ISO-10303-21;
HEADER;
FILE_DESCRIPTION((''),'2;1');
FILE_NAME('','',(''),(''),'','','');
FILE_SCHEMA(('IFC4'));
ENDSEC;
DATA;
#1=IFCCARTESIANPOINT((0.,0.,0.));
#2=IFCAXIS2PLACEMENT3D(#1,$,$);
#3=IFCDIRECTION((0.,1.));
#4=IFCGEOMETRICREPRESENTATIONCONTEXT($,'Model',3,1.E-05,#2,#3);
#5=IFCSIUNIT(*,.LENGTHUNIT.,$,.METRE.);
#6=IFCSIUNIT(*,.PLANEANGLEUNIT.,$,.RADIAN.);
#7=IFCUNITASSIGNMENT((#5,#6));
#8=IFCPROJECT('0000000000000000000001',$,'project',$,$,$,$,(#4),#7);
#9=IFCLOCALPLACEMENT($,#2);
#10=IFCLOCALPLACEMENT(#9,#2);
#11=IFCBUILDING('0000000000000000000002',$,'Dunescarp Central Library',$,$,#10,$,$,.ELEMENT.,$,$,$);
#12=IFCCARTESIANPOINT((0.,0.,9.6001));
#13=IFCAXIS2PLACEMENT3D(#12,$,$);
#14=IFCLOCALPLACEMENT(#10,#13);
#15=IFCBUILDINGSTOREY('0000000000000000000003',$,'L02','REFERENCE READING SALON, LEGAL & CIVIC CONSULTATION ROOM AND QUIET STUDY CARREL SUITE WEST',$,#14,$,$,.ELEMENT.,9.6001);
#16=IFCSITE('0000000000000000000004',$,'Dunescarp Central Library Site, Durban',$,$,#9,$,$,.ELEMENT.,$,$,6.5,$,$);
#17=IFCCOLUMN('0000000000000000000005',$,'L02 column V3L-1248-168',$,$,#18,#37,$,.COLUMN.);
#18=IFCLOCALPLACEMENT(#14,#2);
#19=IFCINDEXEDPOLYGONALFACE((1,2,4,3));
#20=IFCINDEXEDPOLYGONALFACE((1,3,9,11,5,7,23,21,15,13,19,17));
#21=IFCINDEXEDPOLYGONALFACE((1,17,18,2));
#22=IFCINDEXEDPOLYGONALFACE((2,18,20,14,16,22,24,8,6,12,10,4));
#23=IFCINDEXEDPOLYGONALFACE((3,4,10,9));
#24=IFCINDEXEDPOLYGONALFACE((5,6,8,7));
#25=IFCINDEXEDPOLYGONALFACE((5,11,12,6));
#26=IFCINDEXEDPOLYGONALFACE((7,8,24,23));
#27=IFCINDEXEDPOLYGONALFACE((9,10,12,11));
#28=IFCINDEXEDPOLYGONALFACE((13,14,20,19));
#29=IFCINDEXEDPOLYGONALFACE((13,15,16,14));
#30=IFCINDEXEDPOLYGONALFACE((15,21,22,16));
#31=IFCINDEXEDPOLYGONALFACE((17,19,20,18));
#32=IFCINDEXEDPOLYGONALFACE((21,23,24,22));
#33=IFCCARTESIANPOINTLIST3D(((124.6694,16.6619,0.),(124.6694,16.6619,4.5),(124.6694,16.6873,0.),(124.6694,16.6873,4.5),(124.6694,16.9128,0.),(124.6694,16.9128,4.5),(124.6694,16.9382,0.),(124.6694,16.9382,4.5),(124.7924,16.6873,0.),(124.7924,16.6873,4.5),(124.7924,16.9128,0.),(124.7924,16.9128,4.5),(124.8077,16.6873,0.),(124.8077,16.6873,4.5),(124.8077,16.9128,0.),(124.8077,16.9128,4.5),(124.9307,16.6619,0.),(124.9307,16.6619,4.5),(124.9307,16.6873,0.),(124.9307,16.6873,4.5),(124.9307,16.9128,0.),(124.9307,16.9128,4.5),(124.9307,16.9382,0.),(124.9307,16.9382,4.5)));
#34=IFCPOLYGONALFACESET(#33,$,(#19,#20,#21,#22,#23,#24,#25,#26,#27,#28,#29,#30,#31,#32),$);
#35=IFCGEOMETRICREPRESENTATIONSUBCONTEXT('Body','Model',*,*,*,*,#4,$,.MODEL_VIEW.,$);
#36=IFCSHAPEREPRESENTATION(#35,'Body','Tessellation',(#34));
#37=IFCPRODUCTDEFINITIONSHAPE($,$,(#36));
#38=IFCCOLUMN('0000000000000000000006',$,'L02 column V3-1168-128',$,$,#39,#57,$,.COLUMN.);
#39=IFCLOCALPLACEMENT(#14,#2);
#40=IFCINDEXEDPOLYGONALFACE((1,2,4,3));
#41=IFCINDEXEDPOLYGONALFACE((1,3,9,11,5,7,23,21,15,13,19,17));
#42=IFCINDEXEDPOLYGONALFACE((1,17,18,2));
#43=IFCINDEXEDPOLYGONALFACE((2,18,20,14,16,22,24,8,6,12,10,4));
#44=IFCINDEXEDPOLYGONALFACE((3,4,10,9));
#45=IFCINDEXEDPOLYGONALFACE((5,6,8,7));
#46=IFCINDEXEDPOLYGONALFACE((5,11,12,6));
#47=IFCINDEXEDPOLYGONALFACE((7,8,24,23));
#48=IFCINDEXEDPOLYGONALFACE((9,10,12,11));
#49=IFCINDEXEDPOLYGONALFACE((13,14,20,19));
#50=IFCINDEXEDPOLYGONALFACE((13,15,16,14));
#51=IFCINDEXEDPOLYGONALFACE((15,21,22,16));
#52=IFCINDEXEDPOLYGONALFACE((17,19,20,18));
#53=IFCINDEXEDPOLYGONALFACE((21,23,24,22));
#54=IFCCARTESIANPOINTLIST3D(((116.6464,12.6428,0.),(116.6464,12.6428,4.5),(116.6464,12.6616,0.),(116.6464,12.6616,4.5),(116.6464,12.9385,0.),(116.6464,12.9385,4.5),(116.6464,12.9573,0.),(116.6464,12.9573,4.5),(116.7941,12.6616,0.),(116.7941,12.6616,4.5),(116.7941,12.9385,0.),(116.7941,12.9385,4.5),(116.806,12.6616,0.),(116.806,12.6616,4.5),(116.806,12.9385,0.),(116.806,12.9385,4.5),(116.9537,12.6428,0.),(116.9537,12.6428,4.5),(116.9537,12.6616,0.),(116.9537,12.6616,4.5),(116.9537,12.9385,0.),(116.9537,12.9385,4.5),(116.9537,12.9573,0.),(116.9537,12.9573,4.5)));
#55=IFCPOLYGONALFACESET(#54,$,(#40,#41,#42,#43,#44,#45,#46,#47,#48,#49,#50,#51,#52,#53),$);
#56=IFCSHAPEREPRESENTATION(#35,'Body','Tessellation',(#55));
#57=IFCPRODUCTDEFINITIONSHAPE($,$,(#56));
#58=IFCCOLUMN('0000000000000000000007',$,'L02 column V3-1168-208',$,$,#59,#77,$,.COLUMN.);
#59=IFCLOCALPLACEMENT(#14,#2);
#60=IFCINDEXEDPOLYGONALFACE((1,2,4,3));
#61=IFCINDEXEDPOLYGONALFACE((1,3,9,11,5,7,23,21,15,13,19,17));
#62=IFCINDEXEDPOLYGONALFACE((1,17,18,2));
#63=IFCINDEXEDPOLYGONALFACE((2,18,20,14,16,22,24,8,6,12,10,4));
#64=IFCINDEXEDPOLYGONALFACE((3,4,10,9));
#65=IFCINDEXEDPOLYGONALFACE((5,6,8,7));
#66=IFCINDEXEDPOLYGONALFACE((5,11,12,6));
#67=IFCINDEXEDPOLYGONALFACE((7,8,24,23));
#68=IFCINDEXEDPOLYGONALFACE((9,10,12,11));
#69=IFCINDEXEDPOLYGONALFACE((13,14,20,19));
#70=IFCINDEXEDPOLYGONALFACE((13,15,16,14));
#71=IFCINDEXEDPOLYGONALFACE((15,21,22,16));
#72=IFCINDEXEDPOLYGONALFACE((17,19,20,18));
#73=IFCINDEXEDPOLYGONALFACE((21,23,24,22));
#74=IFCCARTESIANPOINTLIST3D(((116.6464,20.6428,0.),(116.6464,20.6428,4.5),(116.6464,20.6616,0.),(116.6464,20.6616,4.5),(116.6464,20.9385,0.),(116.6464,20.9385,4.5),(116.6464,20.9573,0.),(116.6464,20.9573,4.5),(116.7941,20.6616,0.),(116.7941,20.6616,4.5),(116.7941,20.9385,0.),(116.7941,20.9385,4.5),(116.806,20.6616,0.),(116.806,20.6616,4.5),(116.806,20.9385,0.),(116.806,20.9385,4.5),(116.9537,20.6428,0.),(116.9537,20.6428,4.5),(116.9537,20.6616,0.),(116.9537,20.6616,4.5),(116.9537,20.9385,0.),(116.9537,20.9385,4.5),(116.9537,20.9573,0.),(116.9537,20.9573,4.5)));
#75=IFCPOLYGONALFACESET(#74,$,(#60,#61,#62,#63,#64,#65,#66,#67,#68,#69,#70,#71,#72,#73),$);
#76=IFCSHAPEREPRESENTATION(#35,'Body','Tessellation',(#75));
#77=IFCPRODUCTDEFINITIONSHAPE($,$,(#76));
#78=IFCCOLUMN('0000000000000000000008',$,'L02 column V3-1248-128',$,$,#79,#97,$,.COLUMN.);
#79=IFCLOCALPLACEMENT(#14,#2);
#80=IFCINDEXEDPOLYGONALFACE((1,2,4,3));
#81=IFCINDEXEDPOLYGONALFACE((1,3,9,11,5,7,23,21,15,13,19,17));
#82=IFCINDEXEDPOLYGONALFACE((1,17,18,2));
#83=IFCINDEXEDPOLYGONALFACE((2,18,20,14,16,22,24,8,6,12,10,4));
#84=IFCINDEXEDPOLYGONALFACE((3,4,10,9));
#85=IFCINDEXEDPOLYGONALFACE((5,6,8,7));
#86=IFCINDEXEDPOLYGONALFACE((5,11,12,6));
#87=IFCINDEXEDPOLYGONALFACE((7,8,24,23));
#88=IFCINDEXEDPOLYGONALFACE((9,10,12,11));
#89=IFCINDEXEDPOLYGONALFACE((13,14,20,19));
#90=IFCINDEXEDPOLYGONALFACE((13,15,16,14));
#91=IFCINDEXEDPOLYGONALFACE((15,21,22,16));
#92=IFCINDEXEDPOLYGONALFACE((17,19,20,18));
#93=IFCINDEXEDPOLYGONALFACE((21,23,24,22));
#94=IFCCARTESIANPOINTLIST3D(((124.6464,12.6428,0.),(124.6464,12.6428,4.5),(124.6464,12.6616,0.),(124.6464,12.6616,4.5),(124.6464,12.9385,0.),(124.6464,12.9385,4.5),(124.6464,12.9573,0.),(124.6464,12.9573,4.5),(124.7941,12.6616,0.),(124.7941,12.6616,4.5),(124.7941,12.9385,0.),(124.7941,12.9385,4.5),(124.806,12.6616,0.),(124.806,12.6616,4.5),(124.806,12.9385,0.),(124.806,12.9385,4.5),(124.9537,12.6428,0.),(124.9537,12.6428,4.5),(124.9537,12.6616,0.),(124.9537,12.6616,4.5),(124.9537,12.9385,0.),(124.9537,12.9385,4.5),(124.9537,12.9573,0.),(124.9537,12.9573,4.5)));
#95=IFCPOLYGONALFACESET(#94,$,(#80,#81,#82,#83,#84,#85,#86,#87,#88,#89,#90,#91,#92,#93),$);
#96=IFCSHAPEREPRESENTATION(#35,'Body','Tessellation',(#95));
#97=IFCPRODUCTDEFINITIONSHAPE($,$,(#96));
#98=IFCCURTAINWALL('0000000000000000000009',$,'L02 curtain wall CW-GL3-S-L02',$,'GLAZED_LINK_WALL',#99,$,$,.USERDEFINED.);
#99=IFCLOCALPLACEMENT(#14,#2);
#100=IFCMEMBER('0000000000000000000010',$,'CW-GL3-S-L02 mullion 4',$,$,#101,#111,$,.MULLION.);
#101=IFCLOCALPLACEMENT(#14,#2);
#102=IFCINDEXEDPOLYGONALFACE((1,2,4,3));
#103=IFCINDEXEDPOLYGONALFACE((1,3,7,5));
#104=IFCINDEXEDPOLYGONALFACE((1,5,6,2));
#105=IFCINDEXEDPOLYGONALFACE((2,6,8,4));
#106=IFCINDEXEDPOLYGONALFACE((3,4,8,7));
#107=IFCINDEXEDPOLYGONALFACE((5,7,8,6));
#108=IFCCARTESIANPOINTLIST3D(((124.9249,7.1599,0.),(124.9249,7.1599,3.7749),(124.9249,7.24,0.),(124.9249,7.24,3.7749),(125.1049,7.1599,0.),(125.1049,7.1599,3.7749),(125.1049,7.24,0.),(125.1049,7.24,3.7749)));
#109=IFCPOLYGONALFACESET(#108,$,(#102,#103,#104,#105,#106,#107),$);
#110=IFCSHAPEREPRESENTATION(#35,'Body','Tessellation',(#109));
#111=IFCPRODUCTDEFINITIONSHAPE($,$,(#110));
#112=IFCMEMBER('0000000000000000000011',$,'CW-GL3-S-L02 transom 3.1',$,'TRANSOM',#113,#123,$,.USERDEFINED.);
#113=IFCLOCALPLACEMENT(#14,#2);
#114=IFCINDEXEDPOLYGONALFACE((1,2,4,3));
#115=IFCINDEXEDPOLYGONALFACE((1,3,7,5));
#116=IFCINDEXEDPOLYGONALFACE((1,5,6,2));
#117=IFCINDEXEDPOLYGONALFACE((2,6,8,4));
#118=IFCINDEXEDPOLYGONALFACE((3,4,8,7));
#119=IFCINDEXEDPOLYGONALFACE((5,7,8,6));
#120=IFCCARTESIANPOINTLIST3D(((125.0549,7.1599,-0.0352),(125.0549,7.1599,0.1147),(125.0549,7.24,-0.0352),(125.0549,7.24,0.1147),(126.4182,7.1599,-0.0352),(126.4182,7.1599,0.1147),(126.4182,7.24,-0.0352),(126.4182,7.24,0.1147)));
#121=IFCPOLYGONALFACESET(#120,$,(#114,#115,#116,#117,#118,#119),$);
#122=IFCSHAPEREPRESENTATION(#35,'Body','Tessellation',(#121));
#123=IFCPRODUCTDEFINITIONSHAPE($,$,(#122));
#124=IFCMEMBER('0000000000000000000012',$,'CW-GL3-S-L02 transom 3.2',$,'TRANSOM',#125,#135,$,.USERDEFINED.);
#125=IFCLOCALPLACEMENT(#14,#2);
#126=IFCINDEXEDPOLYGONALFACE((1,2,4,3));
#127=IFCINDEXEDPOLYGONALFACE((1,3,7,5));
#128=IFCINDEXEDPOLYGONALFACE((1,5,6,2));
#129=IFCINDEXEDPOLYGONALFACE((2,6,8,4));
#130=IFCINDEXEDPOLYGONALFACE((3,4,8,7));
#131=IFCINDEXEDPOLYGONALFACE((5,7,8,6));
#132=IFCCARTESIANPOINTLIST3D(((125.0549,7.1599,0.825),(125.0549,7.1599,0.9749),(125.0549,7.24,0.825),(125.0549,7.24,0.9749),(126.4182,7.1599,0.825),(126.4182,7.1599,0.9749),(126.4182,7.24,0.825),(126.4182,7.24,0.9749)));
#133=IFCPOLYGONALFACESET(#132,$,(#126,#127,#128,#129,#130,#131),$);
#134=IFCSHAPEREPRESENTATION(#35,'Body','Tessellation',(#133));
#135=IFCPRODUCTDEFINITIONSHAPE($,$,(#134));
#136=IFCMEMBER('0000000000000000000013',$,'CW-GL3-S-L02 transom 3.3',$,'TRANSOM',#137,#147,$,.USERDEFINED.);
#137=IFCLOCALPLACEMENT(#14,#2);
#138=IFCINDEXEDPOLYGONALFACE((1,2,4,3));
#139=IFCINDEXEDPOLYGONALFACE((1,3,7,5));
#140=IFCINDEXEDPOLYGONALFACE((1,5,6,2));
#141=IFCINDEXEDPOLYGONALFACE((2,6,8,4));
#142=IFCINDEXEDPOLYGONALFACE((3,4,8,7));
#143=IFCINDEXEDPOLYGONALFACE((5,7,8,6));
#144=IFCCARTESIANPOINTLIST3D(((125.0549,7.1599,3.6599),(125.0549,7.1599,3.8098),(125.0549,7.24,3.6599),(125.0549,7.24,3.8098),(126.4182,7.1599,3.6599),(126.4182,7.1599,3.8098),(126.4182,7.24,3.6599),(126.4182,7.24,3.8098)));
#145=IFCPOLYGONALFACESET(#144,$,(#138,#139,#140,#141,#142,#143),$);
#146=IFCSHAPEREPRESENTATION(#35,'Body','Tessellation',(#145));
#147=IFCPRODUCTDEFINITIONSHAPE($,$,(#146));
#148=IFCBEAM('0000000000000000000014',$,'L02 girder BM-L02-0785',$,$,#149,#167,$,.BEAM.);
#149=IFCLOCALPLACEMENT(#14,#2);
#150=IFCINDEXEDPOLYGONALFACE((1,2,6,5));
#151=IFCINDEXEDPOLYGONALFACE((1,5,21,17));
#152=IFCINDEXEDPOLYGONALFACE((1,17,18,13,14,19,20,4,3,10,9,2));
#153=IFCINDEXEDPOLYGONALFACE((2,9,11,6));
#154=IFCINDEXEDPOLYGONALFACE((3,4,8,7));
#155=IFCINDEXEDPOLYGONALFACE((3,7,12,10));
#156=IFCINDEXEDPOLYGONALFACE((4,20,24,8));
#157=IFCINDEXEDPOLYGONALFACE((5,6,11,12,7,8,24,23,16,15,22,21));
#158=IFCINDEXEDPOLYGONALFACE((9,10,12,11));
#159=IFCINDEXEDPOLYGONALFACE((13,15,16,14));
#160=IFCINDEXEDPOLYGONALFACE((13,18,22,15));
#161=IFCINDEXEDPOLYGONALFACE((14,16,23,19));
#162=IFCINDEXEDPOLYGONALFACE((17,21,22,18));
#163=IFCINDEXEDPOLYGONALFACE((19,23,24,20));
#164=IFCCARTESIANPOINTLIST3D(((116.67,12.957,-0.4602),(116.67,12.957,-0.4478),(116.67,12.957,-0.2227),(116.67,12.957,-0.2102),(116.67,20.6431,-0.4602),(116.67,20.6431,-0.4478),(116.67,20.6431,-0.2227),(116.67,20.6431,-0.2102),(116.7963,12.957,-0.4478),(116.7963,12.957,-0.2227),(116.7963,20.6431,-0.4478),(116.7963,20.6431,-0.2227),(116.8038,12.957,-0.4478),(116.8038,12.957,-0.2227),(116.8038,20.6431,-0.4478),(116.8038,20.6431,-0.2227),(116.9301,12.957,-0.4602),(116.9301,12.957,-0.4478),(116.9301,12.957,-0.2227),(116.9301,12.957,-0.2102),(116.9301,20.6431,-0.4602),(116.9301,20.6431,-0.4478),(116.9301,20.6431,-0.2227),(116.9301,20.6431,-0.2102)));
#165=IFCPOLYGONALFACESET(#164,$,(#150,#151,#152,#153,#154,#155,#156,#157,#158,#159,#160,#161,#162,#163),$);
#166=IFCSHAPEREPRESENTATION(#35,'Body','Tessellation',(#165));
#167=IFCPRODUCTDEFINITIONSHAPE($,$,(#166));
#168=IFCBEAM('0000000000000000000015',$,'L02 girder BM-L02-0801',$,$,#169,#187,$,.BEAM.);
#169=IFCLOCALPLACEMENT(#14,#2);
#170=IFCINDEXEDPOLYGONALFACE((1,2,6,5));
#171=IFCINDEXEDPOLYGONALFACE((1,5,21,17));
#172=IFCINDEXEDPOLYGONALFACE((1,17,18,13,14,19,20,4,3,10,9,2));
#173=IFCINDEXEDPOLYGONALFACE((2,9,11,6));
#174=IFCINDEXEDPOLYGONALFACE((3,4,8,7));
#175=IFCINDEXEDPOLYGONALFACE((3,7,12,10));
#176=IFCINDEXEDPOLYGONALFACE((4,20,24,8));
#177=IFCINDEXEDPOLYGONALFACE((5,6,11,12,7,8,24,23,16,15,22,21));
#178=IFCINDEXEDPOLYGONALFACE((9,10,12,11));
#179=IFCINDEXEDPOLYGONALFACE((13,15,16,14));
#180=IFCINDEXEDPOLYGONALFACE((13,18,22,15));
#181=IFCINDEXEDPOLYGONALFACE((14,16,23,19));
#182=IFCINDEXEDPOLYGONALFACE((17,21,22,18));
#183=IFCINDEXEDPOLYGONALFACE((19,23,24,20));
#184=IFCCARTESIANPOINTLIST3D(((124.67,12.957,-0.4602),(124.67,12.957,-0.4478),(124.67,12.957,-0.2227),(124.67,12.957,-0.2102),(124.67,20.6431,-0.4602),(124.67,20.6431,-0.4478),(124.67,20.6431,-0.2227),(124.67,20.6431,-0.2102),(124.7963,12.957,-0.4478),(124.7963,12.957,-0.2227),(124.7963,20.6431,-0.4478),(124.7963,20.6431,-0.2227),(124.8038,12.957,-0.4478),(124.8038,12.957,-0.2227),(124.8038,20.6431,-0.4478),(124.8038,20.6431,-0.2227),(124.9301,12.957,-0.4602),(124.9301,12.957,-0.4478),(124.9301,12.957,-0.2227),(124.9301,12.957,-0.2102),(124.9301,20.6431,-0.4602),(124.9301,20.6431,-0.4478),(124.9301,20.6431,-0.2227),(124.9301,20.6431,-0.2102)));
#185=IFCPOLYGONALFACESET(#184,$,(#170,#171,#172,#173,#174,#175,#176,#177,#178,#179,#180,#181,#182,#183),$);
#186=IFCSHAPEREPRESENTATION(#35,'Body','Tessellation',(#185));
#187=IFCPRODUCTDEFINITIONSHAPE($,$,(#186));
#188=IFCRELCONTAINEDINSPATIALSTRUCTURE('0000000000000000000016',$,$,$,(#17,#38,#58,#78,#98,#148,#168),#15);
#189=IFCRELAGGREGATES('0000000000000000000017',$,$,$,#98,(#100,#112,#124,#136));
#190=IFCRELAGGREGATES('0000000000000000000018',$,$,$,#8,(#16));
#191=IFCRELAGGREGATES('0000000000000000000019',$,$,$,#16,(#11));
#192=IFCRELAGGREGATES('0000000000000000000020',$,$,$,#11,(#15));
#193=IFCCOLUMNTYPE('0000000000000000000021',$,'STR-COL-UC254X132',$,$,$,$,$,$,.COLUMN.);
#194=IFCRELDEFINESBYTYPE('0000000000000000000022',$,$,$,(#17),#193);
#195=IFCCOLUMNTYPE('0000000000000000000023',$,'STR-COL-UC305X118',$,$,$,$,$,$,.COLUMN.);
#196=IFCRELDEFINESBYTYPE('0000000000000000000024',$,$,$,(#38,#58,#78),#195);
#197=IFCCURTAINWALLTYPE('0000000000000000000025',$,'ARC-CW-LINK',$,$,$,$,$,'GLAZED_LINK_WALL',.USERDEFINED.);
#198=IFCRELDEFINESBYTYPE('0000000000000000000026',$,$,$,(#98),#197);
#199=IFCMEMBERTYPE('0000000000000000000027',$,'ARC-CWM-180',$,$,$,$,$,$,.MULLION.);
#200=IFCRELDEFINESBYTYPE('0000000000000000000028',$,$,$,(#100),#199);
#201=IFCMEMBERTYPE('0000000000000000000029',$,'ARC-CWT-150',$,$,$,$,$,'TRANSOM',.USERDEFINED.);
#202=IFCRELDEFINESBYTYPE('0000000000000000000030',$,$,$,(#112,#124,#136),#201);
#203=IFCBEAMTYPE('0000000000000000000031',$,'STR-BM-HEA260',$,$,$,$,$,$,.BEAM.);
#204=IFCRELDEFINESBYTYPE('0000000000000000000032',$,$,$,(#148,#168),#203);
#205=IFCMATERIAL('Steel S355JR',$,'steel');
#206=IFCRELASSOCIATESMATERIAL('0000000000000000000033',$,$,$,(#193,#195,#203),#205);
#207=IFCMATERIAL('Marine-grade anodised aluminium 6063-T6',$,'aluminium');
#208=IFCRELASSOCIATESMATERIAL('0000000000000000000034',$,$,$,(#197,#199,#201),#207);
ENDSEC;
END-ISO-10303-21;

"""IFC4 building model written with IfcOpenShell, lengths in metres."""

from ifc_helpers import new_model, si_unit, direction, frame, origin, origin_2d, place, context, subcontext, project, spatial, rectangle, i_section, extrude, material, material_profile, profile_set, type_object, element, aggregate, save


model = new_model("IFC4")

# Units and contexts
model_context = context("Model", 3, precision=1e-05, world=origin(), true_north=direction((0.0, 1.0)))
body_context = subcontext(model_context, "Body", "Model", "MODEL_VIEW")
ifc_project = project(units=[si_unit("LENGTHUNIT", "METRE"), si_unit("PLANEANGLEUNIT", "RADIAN")], contexts=[model_context])

# Site, building, storey
site_placement = place(None, origin())
site = spatial("IfcSite", under=ifc_project, at=site_placement, Name="Dunescarp Central Library Site, Durban", CompositionType="ELEMENT", RefElevation=6.5)
building_placement = place(site_placement, origin())
building = spatial("IfcBuilding", under=site, at=building_placement, Name="Dunescarp Central Library", CompositionType="ELEMENT")
storey_placement = place(building_placement, frame((0.0, 0.0, 9.6001)))
storey = spatial("IfcBuildingStorey", under=building, at=storey_placement, Name="L02", Description="REFERENCE READING SALON, LEGAL & CIVIC CONSULTATION ROOM AND QUIET STUDY CARREL SUITE WEST", CompositionType="ELEMENT", Elevation=9.6001)

# Columns
ifc_material_1 = material(Name="Steel S355JR", Category="steel")
ifc_material_profile_1 = material_profile(ifc_material_1, i_section(OverallWidth=0.2612, OverallDepth=0.2764, WebThickness=0.0154, FlangeThickness=0.0254, at=origin_2d()), Name="UC 254x254x132")
ifc_profile_set_1 = profile_set([ifc_material_profile_1], Name="Steel S355JR")
column_type_1 = type_object("IfcColumnType", Name="STR-COL-UC254X132", PredefinedType="COLUMN", material=ifc_profile_set_1)
column_placement = place(storey_placement, frame((124.8, 16.8, 0.0), z_axis=(0.0, 0.0, 1.0), x_axis=(1.0, 0.0, 0.0)))
element("IfcColumn", 1, at=column_placement, inside=storey, type_object=column_type_1, Name="L02 column V3L-1248-168", PredefinedType="COLUMN", context=body_context, shape_type="SweptSolid", body=[
    extrude(i_section(OverallWidth=0.2612, OverallDepth=0.2764, WebThickness=0.0154, FlangeThickness=0.0254, at=origin_2d()), origin(), (0.0, 0.0, 1.0), 4.5),
])
ifc_material_profile_2 = material_profile(ifc_material_1, i_section(OverallWidth=0.3074, OverallDepth=0.3145, WebThickness=0.012, FlangeThickness=0.0188, at=origin_2d()), Name="UC 305x305x118")
ifc_profile_set_2 = profile_set([ifc_material_profile_2], Name="Steel S355JR")
column_type_2 = type_object("IfcColumnType", Name="STR-COL-UC305X118", PredefinedType="COLUMN", material=ifc_profile_set_2)
for number, where, z_axis, x_axis, name in (
    (2, (116.8, 12.8, 0.0), (0.0, 0.0, 1.0), (1.0, 0.0, 0.0), "L02 column V3-1168-128"),
    (3, (116.8, 20.8, 0.0), (0.0, 0.0, 1.0), (1.0, 0.0, 0.0), "L02 column V3-1168-208"),
    (4, (124.8, 12.8, 0.0), (0.0, 0.0, 1.0), (1.0, 0.0, 0.0), "L02 column V3-1248-128"),
):
    element("IfcColumn", number, at=place(storey_placement, frame(where, z_axis=z_axis, x_axis=x_axis)), inside=storey, type_object=column_type_2, Name=name, PredefinedType="COLUMN", context=body_context, shape_type="SweptSolid", body=[
        extrude(i_section(OverallWidth=0.3074, OverallDepth=0.3145, WebThickness=0.012, FlangeThickness=0.0188, at=origin_2d()), origin(), (0.0, 0.0, 1.0), 4.5),
    ])

# Curtain wall, members
ifc_material_2 = material(Name="Marine-grade anodised aluminium 6063-T6", Category="aluminium")
curtain_wall_type = type_object("IfcCurtainWallType", Name="ARC-CW-LINK", ElementType="GLAZED_LINK_WALL", PredefinedType="USERDEFINED", material=ifc_material_2)
curtain_wall_placement = place(storey_placement, origin())
curtain_wall = element("IfcCurtainWall", 5, at=curtain_wall_placement, inside=storey, type_object=curtain_wall_type, Name="L02 curtain wall CW-GL3-S-L02", ObjectType="GLAZED_LINK_WALL", PredefinedType="USERDEFINED")
ifc_material_profile_3 = material_profile(ifc_material_2, rectangle(XDim=0.0801, YDim=0.1799, at=origin_2d()), Name="AL 80x180")
ifc_profile_set_3 = profile_set([ifc_material_profile_3], Name="Marine-grade anodised aluminium 6063-T6")
member_type_1 = type_object("IfcMemberType", Name="ARC-CWM-180", PredefinedType="MULLION", material=ifc_profile_set_3)
member_1_placement = place(storey_placement, frame((125.0149, 7.2, 0.0), z_axis=(0.0, 0.0, 1.0), x_axis=(0.0, -1.0, 0.0)))
member_1 = element("IfcMember", 6, at=member_1_placement, type_object=member_type_1, Name="CW-GL3-S-L02 mullion 4", PredefinedType="MULLION", context=body_context, shape_type="SweptSolid", body=[
    extrude(rectangle(XDim=0.0801, YDim=0.1799, at=origin_2d()), origin(), (0.0, 0.0, 1.0), 3.7749),
])
ifc_material_profile_4 = material_profile(ifc_material_2, rectangle(XDim=0.0801, YDim=0.1499, at=origin_2d()), Name="AL 80x150")
ifc_profile_set_4 = profile_set([ifc_material_profile_4], Name="Marine-grade anodised aluminium 6063-T6")
member_type_2 = type_object("IfcMemberType", Name="ARC-CWT-150", ElementType="TRANSOM", PredefinedType="USERDEFINED", material=ifc_profile_set_4)
member_2_placement = place(storey_placement, frame((126.4182, 7.2, 0.0398), z_axis=(-1.0, 0.0, 0.0), x_axis=(0.0, -1.0, 0.0)))
member_2 = element("IfcMember", 7, at=member_2_placement, type_object=member_type_2, Name="CW-GL3-S-L02 transom 3.1", ObjectType="TRANSOM", PredefinedType="USERDEFINED", context=body_context, shape_type="SweptSolid", body=[
    extrude(rectangle(XDim=0.0801, YDim=0.1499, at=origin_2d()), origin(), (0.0, 0.0, 1.0), 1.3633),
])
member_3_placement = place(storey_placement, frame((126.4182, 7.2, 0.8999), z_axis=(-1.0, 0.0, 0.0), x_axis=(0.0, -1.0, 0.0)))
member_3 = element("IfcMember", 8, at=member_3_placement, type_object=member_type_2, Name="CW-GL3-S-L02 transom 3.2", ObjectType="TRANSOM", PredefinedType="USERDEFINED", context=body_context, shape_type="SweptSolid", body=[
    extrude(rectangle(XDim=0.0801, YDim=0.1499, at=origin_2d()), origin(), (0.0, 0.0, 1.0), 1.3633),
])
member_4_placement = place(storey_placement, frame((126.4182, 7.2, 3.7349), z_axis=(-1.0, 0.0, 0.0), x_axis=(0.0, -1.0, 0.0)))
member_4 = element("IfcMember", 9, at=member_4_placement, type_object=member_type_2, Name="CW-GL3-S-L02 transom 3.3", ObjectType="TRANSOM", PredefinedType="USERDEFINED", context=body_context, shape_type="SweptSolid", body=[
    extrude(rectangle(XDim=0.0801, YDim=0.1499, at=origin_2d()), origin(), (0.0, 0.0, 1.0), 1.3633),
])

# Beams
ifc_material_profile_5 = material_profile(ifc_material_1, i_section(OverallWidth=0.26, OverallDepth=0.25, WebThickness=0.0076, FlangeThickness=0.0125, at=origin_2d()), Name="HEA 260")
ifc_profile_set_5 = profile_set([ifc_material_profile_5], Name="Steel S355JR")
beam_type_1 = type_object("IfcBeamType", Name="STR-BM-HEA260", PredefinedType="BEAM", material=ifc_profile_set_5)
for number, where, z_axis, x_axis, name in (
    (10, (116.8, 12.957, -0.3352), (0.0, 1.0, 0.0), (-1.0, 0.0, 0.0), "L02 girder BM-L02-0785"),
    (11, (124.8, 12.957, -0.3352), (0.0, 1.0, 0.0), (-1.0, 0.0, 0.0), "L02 girder BM-L02-0801"),
):
    element("IfcBeam", number, at=place(storey_placement, frame(where, z_axis=z_axis, x_axis=x_axis)), inside=storey, type_object=beam_type_1, Name=name, PredefinedType="BEAM", context=body_context, shape_type="SweptSolid", body=[
        extrude(i_section(OverallWidth=0.26, OverallDepth=0.25, WebThickness=0.0076, FlangeThickness=0.0125, at=origin_2d()), origin(), (0.0, 0.0, 1.0), 7.686),
    ])

aggregate(curtain_wall, [member_1, member_2, member_3, member_4])

save(model, "model.ifc")
